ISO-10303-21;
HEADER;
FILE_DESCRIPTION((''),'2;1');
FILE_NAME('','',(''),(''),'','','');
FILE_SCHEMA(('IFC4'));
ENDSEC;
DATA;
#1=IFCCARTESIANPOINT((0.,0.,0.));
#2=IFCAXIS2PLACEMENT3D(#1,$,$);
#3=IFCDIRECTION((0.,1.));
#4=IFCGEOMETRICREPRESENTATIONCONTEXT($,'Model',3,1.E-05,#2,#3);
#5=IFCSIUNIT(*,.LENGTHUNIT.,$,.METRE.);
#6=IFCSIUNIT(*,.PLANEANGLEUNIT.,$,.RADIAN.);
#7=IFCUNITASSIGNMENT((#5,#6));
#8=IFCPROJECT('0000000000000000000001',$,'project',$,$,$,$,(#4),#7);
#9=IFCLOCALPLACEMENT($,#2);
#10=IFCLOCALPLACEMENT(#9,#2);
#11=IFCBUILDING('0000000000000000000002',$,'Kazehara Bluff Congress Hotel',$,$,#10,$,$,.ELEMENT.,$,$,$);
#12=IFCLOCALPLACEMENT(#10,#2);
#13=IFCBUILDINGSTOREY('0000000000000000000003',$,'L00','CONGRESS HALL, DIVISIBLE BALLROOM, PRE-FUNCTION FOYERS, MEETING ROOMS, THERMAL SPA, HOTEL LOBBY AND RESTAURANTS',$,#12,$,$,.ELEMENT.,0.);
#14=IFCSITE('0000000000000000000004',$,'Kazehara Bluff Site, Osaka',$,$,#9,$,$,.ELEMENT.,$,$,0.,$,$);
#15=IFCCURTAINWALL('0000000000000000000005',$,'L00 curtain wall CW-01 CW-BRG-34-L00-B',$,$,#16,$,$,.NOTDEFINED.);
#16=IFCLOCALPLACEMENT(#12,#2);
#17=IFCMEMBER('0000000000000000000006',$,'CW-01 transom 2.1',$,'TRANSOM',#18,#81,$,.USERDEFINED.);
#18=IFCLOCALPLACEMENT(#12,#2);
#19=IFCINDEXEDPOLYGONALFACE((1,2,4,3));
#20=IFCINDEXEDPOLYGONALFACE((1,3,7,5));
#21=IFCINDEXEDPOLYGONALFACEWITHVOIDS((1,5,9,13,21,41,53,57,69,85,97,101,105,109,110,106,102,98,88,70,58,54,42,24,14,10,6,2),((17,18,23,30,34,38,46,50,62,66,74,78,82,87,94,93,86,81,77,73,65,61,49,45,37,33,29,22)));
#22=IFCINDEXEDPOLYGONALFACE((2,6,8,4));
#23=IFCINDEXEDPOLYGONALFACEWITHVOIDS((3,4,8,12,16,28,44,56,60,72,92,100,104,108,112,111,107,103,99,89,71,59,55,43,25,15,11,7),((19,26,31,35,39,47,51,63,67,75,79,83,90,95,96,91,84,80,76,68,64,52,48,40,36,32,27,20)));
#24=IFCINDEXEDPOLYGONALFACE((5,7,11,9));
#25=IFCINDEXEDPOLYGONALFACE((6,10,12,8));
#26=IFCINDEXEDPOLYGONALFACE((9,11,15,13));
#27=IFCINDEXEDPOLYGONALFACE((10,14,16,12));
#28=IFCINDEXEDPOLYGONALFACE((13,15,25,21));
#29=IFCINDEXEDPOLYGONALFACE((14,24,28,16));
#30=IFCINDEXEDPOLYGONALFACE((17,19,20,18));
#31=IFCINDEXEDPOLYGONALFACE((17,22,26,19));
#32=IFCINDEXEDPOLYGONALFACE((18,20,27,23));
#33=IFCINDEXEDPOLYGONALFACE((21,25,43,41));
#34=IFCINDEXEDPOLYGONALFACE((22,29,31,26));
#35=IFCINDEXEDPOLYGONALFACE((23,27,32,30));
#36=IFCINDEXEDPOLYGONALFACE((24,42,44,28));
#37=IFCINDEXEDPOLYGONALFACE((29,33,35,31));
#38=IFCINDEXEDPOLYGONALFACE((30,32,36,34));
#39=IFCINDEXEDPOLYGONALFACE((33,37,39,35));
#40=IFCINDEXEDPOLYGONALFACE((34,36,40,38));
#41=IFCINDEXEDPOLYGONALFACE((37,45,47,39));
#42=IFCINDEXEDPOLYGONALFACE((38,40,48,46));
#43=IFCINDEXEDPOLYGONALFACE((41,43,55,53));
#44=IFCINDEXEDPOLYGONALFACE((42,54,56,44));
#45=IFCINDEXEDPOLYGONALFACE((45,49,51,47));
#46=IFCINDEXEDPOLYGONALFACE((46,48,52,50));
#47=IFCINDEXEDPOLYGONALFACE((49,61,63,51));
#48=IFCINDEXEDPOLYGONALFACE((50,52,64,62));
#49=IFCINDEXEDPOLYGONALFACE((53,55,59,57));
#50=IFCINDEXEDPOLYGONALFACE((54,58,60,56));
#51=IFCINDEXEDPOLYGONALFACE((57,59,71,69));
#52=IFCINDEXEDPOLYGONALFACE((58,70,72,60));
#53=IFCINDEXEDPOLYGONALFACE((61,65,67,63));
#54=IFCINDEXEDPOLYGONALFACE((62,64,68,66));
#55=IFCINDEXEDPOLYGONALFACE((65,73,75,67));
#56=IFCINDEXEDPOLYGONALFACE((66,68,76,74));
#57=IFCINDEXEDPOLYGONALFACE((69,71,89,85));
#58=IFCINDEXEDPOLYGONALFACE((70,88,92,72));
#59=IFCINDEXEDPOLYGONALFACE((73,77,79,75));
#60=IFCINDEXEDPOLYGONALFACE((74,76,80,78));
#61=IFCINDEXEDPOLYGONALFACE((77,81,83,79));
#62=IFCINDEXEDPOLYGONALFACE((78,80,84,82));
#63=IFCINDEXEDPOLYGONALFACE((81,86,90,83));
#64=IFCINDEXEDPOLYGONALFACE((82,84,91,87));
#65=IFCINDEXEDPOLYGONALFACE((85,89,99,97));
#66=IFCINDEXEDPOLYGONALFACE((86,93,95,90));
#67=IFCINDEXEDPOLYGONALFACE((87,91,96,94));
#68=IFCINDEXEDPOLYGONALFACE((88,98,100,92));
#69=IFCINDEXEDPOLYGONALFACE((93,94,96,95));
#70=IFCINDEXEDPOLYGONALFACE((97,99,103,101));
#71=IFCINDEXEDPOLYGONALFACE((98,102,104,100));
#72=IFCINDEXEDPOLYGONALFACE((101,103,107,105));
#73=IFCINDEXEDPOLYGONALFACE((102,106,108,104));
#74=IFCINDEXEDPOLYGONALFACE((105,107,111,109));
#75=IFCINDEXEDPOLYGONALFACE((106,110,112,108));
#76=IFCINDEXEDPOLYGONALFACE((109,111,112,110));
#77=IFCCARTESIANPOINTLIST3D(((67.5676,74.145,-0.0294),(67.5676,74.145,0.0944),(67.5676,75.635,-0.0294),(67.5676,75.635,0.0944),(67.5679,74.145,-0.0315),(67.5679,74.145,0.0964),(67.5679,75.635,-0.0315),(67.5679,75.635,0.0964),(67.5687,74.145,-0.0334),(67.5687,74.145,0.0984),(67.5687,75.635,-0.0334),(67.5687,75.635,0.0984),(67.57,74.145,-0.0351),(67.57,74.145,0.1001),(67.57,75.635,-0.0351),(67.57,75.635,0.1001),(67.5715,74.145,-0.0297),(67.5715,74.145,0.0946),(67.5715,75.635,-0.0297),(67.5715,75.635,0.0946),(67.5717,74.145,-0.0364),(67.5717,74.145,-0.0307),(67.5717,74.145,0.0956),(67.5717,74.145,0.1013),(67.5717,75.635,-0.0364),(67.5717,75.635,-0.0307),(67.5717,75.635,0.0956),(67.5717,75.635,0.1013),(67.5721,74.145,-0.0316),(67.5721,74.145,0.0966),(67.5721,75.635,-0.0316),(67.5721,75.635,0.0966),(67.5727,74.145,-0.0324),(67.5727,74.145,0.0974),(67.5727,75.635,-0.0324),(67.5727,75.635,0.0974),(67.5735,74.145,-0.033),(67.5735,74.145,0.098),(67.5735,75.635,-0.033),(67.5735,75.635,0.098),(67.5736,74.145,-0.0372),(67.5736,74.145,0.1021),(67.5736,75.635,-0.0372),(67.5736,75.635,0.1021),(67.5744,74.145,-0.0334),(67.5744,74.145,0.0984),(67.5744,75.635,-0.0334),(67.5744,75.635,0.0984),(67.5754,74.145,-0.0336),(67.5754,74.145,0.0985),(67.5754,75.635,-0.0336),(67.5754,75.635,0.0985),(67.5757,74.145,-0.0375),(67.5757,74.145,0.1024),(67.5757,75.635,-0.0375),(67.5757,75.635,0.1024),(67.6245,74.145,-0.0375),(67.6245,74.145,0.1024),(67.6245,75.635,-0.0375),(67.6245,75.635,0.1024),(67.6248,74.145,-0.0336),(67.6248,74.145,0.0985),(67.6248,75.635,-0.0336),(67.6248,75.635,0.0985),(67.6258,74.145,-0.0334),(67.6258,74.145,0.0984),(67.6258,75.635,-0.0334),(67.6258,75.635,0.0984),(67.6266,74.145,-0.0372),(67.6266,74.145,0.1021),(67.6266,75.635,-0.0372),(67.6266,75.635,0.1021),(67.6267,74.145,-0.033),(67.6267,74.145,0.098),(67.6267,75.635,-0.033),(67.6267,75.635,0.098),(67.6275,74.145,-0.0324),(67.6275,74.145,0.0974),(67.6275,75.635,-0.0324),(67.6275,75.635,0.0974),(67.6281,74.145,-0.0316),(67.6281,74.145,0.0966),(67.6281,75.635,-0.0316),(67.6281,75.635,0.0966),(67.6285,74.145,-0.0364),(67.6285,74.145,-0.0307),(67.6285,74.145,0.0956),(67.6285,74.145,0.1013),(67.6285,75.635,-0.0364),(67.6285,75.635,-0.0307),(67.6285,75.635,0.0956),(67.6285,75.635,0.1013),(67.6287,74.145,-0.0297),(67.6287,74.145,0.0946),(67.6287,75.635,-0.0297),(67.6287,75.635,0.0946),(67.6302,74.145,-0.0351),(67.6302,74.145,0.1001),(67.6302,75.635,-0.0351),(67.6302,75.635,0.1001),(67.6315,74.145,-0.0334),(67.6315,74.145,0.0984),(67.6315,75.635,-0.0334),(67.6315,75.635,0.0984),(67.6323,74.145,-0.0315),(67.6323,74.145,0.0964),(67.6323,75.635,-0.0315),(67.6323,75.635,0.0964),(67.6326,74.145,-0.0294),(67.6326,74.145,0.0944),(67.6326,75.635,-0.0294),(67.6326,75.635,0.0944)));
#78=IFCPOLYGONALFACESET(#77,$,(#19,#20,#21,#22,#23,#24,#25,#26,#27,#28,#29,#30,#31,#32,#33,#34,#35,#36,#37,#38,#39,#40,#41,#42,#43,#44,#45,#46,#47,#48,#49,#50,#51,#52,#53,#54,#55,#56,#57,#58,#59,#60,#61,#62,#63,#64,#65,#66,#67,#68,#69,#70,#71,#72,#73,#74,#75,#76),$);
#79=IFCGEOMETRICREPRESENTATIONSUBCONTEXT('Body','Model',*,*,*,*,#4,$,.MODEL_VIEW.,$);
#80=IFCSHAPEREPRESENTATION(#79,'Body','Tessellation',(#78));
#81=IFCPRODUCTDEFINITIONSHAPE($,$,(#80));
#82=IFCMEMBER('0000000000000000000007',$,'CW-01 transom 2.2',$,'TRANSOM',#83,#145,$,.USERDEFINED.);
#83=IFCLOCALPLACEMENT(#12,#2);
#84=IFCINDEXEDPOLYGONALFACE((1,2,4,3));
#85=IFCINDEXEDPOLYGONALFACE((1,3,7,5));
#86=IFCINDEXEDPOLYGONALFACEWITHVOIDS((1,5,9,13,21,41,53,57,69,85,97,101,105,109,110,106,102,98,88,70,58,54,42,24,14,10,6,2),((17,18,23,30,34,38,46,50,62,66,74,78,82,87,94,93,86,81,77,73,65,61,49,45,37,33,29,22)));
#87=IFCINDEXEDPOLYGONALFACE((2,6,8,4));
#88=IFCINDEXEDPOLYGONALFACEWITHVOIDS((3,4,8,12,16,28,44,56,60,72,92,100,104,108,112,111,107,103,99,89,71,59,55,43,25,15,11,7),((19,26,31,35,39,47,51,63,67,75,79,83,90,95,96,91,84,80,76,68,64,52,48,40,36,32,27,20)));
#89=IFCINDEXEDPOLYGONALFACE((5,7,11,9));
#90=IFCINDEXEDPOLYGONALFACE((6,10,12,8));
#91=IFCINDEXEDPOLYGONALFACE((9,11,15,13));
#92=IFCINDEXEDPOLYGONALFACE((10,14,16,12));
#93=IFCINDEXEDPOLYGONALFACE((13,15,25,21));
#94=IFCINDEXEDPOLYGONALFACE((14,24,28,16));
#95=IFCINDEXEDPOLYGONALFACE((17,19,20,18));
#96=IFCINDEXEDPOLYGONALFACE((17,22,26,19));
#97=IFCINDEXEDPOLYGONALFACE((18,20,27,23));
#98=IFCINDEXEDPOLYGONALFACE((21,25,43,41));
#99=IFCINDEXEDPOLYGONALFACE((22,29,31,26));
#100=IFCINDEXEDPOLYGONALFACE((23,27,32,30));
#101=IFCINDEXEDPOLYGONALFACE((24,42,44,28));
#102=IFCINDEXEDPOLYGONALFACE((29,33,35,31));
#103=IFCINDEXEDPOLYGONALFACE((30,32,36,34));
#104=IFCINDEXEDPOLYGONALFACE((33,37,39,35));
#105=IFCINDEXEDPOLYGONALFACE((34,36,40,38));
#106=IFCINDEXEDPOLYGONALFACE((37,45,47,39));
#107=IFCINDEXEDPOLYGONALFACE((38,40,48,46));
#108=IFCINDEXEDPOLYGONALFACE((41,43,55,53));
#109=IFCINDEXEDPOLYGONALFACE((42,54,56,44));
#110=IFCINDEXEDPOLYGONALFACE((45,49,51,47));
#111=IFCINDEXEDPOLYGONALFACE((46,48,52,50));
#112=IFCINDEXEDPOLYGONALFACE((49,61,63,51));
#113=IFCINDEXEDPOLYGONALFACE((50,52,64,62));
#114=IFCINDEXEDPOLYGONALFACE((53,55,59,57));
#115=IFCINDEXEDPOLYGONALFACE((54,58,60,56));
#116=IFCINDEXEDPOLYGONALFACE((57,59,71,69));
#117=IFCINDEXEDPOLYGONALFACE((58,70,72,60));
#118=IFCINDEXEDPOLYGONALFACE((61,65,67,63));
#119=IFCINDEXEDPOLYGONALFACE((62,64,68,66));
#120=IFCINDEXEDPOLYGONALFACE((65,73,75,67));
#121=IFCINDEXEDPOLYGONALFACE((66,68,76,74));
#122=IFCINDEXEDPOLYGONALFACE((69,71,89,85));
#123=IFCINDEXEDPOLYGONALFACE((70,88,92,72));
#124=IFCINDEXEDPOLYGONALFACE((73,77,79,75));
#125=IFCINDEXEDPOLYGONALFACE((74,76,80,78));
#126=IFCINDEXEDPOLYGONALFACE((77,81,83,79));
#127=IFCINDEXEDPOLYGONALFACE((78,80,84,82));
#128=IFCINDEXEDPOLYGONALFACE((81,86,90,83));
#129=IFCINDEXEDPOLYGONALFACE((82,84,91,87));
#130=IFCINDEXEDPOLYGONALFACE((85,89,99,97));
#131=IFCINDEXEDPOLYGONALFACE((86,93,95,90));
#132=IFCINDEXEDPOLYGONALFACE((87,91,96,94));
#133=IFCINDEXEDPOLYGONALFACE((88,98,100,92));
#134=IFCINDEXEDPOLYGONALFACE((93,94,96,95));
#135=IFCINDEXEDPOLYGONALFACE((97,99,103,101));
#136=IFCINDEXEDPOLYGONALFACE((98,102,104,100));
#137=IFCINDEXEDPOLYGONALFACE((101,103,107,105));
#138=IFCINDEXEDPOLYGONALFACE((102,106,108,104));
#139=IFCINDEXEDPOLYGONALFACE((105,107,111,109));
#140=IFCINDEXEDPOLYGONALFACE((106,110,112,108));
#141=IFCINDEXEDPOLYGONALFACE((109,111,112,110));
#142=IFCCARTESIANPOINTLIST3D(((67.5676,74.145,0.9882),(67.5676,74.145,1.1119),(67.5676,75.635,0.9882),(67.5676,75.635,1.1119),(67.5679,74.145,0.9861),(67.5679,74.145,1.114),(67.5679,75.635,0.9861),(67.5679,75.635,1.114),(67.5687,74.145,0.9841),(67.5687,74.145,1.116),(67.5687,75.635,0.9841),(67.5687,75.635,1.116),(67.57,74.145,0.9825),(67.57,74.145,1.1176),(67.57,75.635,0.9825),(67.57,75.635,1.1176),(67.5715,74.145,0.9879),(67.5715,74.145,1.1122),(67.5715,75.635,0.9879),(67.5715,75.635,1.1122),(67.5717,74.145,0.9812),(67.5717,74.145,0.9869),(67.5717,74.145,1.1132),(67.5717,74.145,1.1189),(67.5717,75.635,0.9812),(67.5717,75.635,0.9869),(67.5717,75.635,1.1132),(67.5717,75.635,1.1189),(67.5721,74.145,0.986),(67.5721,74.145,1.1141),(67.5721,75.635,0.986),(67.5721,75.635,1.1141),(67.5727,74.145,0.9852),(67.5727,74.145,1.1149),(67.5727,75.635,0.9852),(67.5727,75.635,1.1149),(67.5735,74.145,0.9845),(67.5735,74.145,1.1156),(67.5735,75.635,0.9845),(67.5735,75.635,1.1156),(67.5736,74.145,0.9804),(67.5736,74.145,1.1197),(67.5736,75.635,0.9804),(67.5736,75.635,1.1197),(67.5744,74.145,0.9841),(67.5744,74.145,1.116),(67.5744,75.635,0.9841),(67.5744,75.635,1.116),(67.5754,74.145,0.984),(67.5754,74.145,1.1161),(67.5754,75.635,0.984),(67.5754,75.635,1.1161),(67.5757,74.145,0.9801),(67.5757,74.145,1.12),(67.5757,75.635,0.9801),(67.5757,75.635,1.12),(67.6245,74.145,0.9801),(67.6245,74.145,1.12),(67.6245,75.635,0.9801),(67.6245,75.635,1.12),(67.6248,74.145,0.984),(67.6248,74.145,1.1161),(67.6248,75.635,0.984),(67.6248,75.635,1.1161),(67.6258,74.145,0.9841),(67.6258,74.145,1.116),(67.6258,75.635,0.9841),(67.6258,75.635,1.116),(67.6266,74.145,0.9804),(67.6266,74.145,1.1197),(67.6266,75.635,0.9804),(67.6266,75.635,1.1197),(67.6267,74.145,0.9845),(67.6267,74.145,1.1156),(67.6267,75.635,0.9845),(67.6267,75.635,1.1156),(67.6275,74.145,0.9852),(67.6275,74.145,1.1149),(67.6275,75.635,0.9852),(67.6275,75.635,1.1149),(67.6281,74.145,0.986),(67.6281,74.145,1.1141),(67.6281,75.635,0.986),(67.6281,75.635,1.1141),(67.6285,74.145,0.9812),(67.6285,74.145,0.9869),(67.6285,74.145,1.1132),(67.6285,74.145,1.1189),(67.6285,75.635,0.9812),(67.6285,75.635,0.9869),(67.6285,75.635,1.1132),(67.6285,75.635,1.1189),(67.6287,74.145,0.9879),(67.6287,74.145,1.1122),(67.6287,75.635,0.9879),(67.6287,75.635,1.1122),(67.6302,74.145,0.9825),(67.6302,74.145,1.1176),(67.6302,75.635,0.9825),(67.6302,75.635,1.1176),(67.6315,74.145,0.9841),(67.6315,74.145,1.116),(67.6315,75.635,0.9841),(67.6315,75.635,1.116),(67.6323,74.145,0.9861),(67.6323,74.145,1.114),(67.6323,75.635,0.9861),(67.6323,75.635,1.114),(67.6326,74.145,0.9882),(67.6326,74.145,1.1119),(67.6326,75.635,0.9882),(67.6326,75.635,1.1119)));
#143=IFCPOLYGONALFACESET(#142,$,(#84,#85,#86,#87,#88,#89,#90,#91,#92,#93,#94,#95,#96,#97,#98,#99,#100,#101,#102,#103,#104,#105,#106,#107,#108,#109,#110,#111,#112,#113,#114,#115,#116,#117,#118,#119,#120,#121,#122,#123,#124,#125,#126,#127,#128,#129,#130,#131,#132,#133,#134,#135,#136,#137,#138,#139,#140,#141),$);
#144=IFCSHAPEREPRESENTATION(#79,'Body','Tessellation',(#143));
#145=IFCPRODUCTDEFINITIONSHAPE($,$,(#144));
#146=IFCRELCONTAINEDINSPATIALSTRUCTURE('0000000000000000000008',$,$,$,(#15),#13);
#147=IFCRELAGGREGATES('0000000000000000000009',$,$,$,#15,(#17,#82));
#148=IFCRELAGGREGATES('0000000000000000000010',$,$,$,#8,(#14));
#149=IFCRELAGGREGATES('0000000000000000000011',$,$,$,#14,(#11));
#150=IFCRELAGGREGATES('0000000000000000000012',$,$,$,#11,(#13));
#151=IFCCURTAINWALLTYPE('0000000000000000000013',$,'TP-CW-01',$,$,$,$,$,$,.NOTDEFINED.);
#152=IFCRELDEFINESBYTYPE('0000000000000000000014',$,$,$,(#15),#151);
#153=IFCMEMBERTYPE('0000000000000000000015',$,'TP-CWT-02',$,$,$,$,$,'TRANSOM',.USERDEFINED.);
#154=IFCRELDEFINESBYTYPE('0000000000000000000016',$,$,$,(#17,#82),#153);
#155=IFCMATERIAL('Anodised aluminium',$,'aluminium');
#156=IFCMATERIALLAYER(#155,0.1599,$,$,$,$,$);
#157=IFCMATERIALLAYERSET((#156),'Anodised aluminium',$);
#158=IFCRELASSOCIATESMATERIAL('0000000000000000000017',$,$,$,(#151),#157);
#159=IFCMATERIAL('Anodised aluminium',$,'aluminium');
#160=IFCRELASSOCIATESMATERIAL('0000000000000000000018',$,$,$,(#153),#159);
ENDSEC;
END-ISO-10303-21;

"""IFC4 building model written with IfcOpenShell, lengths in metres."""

from ifc_helpers import new_model, si_unit, direction, frame, origin, origin_2d, place, context, subcontext, project, spatial, hollow_rectangle, extrude, material, layer, layer_set, material_profile, profile_set, type_object, element, aggregate, save


model = new_model("IFC4")

# Units and contexts
model_context = context("Model", 3, precision=1e-05, world=origin(), true_north=direction((0.0, 1.0)))
body_context = subcontext(model_context, "Body", "Model", "MODEL_VIEW")
ifc_project = project(units=[si_unit("LENGTHUNIT", "METRE"), si_unit("PLANEANGLEUNIT", "RADIAN")], contexts=[model_context])

# Site, building, storey
site_placement = place(None, origin())
site = spatial("IfcSite", under=ifc_project, at=site_placement, Name="Kazehara Bluff Site, Osaka", CompositionType="ELEMENT", RefElevation=0.0)
building_placement = place(site_placement, origin())
building = spatial("IfcBuilding", under=site, at=building_placement, Name="Kazehara Bluff Congress Hotel", CompositionType="ELEMENT")
storey_placement = place(building_placement, origin())
storey = spatial("IfcBuildingStorey", under=building, at=storey_placement, Name="L00", Description="CONGRESS HALL, DIVISIBLE BALLROOM, PRE-FUNCTION FOYERS, MEETING ROOMS, THERMAL SPA, HOTEL LOBBY AND RESTAURANTS", CompositionType="ELEMENT", Elevation=0.0)

# Curtain wall
ifc_material_1 = material(Name="Anodised aluminium", Category="aluminium")
ifc_layer_1 = layer(ifc_material_1, 0.1599)
ifc_layer_set_1 = layer_set([ifc_layer_1], Name="Anodised aluminium")
curtain_wall_type = type_object("IfcCurtainWallType", Name="TP-CW-01", PredefinedType="NOTDEFINED", material=ifc_layer_set_1)
curtain_wall_1_placement = place(storey_placement, origin())
curtain_wall_1 = element("IfcCurtainWall", 1, at=curtain_wall_1_placement, inside=storey, type_object=curtain_wall_type, Name="L00 curtain wall CW-01 CW-BRG-34-L00-B", PredefinedType="NOTDEFINED")

# Members
ifc_material_2 = material(Name="Anodised aluminium", Category="aluminium")
ifc_material_profile_1 = material_profile(ifc_material_2, hollow_rectangle(XDim=0.0649, YDim=0.1399, WallThickness=0.0039, InnerFilletRadius=0.0039, OuterFilletRadius=0.0081, at=origin_2d()))
ifc_profile_set_1 = profile_set([ifc_material_profile_1], Name="Anodised aluminium")
member_type_1 = type_object("IfcMemberType", Name="TP-CWT-02", ElementType="TRANSOM", PredefinedType="USERDEFINED", material=ifc_profile_set_1)
member_1_placement = place(storey_placement, frame((67.6001, 74.145, 0.0325), z_axis=(0.0, 1.0, 0.0), x_axis=(-1.0, 0.0, 0.0)))
member_1 = element("IfcMember", 2, at=member_1_placement, type_object=member_type_1, Name="CW-01 transom 2.1", ObjectType="TRANSOM", PredefinedType="USERDEFINED", context=body_context, shape_type="SweptSolid", body=[
    extrude(hollow_rectangle(XDim=0.0649, YDim=0.1399, WallThickness=0.0039, InnerFilletRadius=0.0039, OuterFilletRadius=0.0081, at=origin_2d()), origin(), (0.0, 0.0, 1.0), 1.49),
])
member_2_placement = place(storey_placement, frame((67.6001, 74.145, 1.05), z_axis=(0.0, 1.0, 0.0), x_axis=(-1.0, 0.0, 0.0)))
member_2 = element("IfcMember", 3, at=member_2_placement, type_object=member_type_1, Name="CW-01 transom 2.2", ObjectType="TRANSOM", PredefinedType="USERDEFINED", context=body_context, shape_type="SweptSolid", body=[
    extrude(hollow_rectangle(XDim=0.0649, YDim=0.1399, WallThickness=0.0039, InnerFilletRadius=0.0039, OuterFilletRadius=0.0081, at=origin_2d()), origin(), (0.0, 0.0, 1.0), 1.49),
])

aggregate(curtain_wall_1, [member_1, member_2])

save(model, "model.ifc")
